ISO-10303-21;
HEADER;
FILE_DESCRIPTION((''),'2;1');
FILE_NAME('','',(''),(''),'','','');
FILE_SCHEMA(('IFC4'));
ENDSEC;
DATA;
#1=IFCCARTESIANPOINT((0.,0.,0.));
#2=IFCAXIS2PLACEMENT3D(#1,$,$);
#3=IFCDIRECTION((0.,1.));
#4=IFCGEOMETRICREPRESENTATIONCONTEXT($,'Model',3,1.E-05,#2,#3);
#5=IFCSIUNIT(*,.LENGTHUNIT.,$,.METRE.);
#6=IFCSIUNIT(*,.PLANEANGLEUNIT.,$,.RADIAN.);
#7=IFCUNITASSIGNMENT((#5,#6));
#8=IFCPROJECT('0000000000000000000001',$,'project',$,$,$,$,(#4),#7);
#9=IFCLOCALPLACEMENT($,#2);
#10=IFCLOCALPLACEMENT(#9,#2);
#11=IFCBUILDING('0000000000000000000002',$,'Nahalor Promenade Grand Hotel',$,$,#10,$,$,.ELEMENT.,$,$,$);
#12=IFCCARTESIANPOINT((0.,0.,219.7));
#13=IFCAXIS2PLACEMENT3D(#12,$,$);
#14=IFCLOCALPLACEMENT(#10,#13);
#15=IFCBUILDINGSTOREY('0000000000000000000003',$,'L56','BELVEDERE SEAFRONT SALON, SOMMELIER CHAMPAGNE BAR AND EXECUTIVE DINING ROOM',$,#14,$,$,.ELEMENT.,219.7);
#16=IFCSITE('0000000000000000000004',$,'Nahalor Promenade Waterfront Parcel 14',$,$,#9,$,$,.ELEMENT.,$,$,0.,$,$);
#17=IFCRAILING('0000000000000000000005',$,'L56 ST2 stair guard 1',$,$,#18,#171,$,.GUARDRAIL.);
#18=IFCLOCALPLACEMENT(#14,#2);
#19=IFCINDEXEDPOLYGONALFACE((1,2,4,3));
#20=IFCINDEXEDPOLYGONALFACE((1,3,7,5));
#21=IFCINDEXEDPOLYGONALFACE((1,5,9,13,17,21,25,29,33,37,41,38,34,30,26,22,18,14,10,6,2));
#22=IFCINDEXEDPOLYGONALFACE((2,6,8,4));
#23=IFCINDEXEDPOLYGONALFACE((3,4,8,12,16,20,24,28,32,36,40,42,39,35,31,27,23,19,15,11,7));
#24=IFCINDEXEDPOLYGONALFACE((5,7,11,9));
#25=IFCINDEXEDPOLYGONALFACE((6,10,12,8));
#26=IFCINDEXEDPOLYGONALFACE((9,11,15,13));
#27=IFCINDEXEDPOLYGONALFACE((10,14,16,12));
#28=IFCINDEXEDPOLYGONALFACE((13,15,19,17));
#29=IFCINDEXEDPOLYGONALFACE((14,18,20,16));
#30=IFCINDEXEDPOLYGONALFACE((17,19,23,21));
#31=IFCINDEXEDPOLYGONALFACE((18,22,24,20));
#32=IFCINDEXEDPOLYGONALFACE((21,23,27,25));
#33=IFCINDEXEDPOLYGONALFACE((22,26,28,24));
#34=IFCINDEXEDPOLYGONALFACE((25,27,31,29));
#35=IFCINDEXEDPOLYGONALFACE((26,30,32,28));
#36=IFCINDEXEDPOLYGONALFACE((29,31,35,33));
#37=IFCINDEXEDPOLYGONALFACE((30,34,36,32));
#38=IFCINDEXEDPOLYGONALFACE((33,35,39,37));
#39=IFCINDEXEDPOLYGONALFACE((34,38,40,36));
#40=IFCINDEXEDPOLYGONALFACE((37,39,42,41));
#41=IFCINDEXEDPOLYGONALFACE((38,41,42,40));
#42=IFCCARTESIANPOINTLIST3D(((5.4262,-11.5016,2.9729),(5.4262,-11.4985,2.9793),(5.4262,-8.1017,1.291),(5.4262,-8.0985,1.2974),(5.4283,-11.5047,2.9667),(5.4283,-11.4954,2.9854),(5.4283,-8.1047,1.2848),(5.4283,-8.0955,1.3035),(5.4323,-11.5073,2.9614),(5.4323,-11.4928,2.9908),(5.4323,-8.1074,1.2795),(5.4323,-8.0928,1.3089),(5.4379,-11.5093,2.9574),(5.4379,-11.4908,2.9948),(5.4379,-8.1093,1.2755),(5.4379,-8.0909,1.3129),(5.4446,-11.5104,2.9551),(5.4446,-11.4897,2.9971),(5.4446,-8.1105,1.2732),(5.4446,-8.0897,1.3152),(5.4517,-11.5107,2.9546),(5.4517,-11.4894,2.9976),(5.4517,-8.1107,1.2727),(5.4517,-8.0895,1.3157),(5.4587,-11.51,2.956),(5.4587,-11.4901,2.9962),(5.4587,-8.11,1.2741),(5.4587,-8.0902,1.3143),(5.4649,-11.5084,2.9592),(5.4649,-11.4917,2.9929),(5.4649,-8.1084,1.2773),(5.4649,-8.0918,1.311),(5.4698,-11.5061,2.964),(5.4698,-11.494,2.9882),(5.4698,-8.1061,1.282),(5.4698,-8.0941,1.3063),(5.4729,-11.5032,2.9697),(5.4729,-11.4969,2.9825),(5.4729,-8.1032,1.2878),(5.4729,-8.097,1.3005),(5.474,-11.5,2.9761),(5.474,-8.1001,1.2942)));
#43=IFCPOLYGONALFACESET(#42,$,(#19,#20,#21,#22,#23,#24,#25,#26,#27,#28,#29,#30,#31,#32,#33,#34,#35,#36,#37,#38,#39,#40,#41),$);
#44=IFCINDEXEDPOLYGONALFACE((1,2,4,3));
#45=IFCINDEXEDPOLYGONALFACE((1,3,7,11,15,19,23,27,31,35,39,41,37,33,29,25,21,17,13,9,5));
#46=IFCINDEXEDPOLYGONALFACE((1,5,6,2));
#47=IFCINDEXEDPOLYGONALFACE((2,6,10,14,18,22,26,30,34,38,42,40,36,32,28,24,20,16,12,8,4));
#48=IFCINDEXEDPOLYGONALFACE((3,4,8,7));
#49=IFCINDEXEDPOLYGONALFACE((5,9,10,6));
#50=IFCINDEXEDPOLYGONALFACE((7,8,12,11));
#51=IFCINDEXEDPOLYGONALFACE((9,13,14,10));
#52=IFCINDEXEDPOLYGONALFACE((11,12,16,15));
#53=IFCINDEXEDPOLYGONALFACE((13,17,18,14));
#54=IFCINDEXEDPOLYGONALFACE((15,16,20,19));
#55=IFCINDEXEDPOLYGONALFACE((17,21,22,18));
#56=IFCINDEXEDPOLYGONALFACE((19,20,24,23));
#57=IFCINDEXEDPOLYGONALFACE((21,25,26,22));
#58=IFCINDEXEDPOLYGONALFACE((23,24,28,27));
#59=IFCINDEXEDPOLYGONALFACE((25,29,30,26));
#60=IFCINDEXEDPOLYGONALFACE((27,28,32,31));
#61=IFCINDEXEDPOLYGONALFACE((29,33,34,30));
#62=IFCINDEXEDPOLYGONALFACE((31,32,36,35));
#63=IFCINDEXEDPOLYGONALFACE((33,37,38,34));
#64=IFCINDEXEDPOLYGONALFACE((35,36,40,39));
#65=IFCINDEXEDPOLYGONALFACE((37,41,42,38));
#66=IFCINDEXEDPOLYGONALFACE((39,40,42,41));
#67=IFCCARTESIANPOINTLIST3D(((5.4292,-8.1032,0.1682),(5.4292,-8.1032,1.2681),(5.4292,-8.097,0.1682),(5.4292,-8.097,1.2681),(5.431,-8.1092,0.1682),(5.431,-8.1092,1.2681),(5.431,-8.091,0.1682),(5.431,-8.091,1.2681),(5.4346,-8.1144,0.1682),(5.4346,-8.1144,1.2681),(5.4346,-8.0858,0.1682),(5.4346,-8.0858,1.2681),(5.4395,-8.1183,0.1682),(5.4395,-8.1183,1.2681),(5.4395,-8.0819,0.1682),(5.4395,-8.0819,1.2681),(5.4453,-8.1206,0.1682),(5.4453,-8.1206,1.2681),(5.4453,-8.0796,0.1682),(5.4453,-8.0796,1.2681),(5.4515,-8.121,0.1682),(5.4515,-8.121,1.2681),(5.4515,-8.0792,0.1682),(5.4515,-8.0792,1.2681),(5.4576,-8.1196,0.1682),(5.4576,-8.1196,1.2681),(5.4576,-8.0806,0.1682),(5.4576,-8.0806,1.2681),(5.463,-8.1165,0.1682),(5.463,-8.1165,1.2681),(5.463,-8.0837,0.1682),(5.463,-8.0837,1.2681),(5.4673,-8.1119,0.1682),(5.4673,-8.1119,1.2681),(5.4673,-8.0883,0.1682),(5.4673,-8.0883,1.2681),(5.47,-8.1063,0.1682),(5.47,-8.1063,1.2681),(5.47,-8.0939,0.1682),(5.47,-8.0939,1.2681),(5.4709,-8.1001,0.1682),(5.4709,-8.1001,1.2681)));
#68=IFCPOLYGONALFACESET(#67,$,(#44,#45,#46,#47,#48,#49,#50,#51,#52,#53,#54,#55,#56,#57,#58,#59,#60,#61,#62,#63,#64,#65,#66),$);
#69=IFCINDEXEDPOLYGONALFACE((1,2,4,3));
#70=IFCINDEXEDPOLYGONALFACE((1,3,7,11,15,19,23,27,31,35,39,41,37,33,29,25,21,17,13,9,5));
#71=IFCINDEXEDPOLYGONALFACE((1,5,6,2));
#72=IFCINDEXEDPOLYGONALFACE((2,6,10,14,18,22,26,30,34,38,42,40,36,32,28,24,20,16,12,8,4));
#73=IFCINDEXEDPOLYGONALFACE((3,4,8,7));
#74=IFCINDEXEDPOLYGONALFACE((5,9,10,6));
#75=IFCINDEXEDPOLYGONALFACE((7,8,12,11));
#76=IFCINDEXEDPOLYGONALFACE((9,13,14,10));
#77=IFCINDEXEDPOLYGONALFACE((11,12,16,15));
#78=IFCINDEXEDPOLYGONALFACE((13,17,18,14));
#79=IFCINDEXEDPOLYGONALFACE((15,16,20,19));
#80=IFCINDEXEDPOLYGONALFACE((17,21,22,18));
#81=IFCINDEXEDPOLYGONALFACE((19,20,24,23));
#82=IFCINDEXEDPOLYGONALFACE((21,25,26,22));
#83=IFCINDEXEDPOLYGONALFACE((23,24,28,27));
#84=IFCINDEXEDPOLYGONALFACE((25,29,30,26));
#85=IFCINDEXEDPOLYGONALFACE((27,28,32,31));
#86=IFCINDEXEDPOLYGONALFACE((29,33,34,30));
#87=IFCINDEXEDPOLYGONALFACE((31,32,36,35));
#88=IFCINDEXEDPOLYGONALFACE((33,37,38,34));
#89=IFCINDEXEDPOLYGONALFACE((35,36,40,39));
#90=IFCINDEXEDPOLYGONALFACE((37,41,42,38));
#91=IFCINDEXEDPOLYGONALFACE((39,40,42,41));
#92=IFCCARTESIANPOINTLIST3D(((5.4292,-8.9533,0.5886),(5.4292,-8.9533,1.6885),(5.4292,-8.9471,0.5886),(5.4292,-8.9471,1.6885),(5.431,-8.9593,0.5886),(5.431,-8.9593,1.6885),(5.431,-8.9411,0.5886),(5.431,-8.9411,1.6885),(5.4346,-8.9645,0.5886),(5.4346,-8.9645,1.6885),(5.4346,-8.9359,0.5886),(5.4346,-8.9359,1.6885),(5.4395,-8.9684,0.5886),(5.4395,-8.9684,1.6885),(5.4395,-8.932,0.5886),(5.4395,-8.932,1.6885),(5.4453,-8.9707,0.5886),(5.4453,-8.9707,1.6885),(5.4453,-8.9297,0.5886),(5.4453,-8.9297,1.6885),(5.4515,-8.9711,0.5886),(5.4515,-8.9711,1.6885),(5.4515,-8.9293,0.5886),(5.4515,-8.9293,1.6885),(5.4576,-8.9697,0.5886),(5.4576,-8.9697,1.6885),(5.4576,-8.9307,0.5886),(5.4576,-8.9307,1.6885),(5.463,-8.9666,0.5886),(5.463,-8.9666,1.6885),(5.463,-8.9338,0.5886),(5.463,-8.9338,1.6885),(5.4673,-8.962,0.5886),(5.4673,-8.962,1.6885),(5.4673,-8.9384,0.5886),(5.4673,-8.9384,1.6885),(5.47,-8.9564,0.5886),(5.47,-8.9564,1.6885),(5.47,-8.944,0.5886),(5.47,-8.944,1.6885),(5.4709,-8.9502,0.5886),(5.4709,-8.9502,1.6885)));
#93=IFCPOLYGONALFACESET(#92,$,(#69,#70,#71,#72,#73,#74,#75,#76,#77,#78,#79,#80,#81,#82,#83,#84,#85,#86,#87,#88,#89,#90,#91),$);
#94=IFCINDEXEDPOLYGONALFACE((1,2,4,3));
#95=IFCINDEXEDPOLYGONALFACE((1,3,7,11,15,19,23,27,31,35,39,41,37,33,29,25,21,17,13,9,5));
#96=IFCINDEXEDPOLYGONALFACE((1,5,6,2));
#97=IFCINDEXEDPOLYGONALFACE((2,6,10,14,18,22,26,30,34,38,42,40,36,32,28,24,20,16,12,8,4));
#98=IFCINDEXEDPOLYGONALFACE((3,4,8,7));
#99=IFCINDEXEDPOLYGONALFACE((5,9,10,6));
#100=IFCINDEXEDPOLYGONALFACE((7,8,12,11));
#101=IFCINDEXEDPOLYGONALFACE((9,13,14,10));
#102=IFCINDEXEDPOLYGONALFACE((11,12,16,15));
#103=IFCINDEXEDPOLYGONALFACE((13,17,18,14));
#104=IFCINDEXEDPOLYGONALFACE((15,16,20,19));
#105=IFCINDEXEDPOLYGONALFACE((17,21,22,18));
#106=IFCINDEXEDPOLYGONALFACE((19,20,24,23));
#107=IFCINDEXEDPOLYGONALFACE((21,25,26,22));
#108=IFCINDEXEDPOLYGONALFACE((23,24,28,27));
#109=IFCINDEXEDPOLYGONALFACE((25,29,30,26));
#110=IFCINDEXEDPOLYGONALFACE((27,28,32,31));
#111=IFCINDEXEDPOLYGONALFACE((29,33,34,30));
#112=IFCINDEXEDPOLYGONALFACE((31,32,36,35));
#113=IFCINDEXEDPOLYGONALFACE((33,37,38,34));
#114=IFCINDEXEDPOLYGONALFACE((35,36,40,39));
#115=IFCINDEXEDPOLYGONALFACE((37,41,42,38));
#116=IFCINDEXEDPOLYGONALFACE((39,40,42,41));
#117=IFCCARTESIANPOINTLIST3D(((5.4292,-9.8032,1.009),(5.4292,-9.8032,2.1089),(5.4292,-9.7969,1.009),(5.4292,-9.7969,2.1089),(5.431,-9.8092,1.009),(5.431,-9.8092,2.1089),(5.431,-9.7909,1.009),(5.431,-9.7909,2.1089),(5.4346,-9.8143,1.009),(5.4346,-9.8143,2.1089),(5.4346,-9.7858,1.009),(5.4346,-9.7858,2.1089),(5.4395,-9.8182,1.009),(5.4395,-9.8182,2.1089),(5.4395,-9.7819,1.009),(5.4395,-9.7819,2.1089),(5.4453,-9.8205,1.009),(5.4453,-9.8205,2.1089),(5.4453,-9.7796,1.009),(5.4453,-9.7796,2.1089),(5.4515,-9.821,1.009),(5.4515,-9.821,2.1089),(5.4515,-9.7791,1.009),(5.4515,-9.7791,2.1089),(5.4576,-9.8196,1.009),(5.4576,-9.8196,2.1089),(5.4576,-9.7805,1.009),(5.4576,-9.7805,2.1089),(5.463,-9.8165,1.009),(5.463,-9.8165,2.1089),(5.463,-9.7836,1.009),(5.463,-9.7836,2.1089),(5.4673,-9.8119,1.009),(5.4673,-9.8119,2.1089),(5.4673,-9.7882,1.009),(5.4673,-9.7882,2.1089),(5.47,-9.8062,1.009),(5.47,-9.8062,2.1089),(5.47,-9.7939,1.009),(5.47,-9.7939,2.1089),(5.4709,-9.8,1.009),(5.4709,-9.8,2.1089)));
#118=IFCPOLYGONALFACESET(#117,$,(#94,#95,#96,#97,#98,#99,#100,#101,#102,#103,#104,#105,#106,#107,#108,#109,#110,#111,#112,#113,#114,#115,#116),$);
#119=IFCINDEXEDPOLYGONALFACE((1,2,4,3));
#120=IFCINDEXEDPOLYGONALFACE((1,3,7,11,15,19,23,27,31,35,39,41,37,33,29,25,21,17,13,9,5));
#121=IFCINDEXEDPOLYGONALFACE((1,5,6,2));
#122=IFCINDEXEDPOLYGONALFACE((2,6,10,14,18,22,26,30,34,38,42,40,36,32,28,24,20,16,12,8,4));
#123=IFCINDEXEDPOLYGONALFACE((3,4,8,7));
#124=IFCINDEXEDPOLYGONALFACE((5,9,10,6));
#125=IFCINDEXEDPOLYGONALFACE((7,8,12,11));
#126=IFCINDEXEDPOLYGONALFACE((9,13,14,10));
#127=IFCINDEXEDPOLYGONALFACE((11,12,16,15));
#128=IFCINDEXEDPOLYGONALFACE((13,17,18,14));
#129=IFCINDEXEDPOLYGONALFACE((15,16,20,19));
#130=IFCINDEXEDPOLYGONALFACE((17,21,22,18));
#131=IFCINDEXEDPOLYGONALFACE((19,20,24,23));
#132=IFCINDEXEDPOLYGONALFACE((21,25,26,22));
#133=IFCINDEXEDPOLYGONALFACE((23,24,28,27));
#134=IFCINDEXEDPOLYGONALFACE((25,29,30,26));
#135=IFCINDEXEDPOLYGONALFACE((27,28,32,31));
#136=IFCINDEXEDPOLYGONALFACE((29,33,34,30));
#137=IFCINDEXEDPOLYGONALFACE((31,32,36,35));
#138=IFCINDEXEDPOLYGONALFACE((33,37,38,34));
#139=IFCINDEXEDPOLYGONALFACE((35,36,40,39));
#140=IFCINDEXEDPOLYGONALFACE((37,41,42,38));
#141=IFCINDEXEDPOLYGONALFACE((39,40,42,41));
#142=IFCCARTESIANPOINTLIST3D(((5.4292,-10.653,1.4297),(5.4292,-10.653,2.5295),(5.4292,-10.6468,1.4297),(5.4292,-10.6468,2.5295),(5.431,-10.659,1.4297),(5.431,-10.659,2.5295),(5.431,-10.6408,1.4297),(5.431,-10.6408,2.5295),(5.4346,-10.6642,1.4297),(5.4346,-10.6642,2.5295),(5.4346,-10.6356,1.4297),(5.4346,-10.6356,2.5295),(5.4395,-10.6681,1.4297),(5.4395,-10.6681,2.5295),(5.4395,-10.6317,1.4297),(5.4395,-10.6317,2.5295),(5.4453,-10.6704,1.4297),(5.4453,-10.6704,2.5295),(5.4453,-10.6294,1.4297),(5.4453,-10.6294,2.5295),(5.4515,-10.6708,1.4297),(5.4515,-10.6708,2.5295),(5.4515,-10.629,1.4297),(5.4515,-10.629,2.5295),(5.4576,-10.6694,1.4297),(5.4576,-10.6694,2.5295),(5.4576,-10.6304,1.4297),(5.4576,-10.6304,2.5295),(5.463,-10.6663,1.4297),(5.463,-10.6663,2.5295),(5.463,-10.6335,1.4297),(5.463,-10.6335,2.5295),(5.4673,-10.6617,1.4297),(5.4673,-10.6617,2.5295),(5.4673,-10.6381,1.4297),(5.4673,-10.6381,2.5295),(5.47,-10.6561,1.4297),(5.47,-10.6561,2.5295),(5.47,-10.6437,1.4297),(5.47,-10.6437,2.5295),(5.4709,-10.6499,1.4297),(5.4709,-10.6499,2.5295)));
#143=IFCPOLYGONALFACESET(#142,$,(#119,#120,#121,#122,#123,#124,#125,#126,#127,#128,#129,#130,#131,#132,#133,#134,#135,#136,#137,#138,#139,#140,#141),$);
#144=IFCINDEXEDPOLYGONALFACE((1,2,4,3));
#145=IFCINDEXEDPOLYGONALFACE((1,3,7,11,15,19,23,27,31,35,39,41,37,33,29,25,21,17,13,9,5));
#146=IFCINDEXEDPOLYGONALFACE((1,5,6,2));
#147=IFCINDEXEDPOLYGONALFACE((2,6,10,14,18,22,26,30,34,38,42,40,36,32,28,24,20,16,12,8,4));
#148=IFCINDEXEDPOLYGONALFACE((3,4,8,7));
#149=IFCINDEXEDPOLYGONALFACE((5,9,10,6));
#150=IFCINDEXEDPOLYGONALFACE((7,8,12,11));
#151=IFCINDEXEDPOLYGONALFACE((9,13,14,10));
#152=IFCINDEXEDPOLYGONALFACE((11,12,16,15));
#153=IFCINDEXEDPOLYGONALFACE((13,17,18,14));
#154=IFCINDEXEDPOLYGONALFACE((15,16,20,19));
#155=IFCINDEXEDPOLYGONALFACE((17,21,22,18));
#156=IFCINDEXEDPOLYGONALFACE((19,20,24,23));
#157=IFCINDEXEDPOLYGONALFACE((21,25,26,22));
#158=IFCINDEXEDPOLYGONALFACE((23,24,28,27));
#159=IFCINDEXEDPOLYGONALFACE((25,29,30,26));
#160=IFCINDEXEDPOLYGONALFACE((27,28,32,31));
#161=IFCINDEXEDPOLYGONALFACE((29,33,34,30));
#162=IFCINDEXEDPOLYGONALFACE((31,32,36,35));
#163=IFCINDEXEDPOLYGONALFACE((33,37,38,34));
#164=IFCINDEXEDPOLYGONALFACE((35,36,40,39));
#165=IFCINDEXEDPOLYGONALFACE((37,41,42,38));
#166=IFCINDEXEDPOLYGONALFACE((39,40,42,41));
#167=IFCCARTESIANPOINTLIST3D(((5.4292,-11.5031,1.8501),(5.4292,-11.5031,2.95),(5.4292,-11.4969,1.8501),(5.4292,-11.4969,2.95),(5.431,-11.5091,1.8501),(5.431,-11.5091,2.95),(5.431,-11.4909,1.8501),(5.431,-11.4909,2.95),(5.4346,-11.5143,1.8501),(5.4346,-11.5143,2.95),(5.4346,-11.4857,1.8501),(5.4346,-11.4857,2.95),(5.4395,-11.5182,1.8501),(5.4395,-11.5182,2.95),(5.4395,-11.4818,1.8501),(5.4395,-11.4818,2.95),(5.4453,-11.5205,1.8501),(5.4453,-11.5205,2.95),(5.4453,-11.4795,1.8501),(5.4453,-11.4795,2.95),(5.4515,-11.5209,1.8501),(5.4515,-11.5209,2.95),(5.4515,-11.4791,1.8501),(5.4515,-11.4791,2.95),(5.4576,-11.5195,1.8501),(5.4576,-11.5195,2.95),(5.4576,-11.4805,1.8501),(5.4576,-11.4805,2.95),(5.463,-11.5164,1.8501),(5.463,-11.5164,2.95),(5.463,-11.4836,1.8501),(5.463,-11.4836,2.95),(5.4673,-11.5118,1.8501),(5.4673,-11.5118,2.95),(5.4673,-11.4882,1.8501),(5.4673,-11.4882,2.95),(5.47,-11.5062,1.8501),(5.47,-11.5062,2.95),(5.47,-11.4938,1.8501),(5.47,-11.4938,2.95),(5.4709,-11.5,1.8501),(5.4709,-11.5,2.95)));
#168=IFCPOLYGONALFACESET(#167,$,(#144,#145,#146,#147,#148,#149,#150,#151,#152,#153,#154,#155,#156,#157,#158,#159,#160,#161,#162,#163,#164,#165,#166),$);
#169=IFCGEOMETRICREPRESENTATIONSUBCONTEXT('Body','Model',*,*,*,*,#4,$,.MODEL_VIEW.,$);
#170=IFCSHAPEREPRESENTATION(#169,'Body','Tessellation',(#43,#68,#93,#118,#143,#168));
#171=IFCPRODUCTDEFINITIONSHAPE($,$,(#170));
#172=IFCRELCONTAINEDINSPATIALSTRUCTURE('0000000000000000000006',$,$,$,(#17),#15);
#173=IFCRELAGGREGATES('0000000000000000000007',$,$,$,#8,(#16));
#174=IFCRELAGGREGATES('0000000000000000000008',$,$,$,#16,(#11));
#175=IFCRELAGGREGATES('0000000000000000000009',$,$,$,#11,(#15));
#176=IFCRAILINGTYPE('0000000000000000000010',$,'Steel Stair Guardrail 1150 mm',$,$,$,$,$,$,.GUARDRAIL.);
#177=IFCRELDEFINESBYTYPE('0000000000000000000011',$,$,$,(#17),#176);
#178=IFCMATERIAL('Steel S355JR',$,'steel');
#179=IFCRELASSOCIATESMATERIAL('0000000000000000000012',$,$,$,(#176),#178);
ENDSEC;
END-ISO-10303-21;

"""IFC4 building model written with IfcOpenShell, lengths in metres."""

from ifc_helpers import new_model, si_unit, direction, frame, origin, origin_2d, place, context, subcontext, project, spatial, circle, extrude, material, type_object, element, save


model = new_model("IFC4")

# Units and contexts
model_context = context("Model", 3, precision=1e-05, world=origin(), true_north=direction((0.0, 1.0)))
body_context = subcontext(model_context, "Body", "Model", "MODEL_VIEW")
ifc_project = project(units=[si_unit("LENGTHUNIT", "METRE"), si_unit("PLANEANGLEUNIT", "RADIAN")], contexts=[model_context])

# Site, building, storey
site_placement = place(None, origin())
site = spatial("IfcSite", under=ifc_project, at=site_placement, Name="Nahalor Promenade Waterfront Parcel 14", CompositionType="ELEMENT", RefElevation=0.0)
building_placement = place(site_placement, origin())
building = spatial("IfcBuilding", under=site, at=building_placement, Name="Nahalor Promenade Grand Hotel", CompositionType="ELEMENT")
storey_placement = place(building_placement, frame((0.0, 0.0, 219.7)))
storey = spatial("IfcBuildingStorey", under=building, at=storey_placement, Name="L56", Description="BELVEDERE SEAFRONT SALON, SOMMELIER CHAMPAGNE BAR AND EXECUTIVE DINING ROOM", CompositionType="ELEMENT", Elevation=219.7)

# Shared definitions
ifc_material_1 = material(Name="Steel S355JR", Category="steel")

# Railing
railing_type_1 = type_object("IfcRailingType", Name="Steel Stair Guardrail 1150 mm", PredefinedType="GUARDRAIL", material=ifc_material_1)
railing_1_placement = place(storey_placement, frame((5.45, -8.1001, 0.1682)))
element("IfcRailing", 1, at=railing_1_placement, inside=storey, type_object=railing_type_1, Name="L56 ST2 stair guard 1", PredefinedType="GUARDRAIL", context=body_context, shape_type="SweptSolid", body=[
    extrude(circle(Radius=0.024, at=origin_2d()), frame((0.0, 0.0, 1.126), z_axis=(0.0, -0.896324, 0.443399), x_axis=(1.0, 0.0, 0.0)), (0.0, 0.0, 1.0), 3.7932),
    extrude(circle(Radius=0.021, at=origin_2d()), origin(), (0.0, 0.0, 1.0), 1.0999),
    extrude(circle(Radius=0.021, at=origin_2d()), frame((0.0, -0.8501, 0.4204)), (0.0, 0.0, 1.0), 1.0999),
    extrude(circle(Radius=0.021, at=origin_2d()), frame((0.0, -1.7, 0.8408)), (0.0, 0.0, 1.0), 1.0999),
    extrude(circle(Radius=0.021, at=origin_2d()), frame((0.0, -2.5498, 1.2615)), (0.0, 0.0, 1.0), 1.0999),
    extrude(circle(Radius=0.021, at=origin_2d()), frame((0.0, -3.3999, 1.6819)), (0.0, 0.0, 1.0), 1.0999),
])

save(model, "model.ifc")
